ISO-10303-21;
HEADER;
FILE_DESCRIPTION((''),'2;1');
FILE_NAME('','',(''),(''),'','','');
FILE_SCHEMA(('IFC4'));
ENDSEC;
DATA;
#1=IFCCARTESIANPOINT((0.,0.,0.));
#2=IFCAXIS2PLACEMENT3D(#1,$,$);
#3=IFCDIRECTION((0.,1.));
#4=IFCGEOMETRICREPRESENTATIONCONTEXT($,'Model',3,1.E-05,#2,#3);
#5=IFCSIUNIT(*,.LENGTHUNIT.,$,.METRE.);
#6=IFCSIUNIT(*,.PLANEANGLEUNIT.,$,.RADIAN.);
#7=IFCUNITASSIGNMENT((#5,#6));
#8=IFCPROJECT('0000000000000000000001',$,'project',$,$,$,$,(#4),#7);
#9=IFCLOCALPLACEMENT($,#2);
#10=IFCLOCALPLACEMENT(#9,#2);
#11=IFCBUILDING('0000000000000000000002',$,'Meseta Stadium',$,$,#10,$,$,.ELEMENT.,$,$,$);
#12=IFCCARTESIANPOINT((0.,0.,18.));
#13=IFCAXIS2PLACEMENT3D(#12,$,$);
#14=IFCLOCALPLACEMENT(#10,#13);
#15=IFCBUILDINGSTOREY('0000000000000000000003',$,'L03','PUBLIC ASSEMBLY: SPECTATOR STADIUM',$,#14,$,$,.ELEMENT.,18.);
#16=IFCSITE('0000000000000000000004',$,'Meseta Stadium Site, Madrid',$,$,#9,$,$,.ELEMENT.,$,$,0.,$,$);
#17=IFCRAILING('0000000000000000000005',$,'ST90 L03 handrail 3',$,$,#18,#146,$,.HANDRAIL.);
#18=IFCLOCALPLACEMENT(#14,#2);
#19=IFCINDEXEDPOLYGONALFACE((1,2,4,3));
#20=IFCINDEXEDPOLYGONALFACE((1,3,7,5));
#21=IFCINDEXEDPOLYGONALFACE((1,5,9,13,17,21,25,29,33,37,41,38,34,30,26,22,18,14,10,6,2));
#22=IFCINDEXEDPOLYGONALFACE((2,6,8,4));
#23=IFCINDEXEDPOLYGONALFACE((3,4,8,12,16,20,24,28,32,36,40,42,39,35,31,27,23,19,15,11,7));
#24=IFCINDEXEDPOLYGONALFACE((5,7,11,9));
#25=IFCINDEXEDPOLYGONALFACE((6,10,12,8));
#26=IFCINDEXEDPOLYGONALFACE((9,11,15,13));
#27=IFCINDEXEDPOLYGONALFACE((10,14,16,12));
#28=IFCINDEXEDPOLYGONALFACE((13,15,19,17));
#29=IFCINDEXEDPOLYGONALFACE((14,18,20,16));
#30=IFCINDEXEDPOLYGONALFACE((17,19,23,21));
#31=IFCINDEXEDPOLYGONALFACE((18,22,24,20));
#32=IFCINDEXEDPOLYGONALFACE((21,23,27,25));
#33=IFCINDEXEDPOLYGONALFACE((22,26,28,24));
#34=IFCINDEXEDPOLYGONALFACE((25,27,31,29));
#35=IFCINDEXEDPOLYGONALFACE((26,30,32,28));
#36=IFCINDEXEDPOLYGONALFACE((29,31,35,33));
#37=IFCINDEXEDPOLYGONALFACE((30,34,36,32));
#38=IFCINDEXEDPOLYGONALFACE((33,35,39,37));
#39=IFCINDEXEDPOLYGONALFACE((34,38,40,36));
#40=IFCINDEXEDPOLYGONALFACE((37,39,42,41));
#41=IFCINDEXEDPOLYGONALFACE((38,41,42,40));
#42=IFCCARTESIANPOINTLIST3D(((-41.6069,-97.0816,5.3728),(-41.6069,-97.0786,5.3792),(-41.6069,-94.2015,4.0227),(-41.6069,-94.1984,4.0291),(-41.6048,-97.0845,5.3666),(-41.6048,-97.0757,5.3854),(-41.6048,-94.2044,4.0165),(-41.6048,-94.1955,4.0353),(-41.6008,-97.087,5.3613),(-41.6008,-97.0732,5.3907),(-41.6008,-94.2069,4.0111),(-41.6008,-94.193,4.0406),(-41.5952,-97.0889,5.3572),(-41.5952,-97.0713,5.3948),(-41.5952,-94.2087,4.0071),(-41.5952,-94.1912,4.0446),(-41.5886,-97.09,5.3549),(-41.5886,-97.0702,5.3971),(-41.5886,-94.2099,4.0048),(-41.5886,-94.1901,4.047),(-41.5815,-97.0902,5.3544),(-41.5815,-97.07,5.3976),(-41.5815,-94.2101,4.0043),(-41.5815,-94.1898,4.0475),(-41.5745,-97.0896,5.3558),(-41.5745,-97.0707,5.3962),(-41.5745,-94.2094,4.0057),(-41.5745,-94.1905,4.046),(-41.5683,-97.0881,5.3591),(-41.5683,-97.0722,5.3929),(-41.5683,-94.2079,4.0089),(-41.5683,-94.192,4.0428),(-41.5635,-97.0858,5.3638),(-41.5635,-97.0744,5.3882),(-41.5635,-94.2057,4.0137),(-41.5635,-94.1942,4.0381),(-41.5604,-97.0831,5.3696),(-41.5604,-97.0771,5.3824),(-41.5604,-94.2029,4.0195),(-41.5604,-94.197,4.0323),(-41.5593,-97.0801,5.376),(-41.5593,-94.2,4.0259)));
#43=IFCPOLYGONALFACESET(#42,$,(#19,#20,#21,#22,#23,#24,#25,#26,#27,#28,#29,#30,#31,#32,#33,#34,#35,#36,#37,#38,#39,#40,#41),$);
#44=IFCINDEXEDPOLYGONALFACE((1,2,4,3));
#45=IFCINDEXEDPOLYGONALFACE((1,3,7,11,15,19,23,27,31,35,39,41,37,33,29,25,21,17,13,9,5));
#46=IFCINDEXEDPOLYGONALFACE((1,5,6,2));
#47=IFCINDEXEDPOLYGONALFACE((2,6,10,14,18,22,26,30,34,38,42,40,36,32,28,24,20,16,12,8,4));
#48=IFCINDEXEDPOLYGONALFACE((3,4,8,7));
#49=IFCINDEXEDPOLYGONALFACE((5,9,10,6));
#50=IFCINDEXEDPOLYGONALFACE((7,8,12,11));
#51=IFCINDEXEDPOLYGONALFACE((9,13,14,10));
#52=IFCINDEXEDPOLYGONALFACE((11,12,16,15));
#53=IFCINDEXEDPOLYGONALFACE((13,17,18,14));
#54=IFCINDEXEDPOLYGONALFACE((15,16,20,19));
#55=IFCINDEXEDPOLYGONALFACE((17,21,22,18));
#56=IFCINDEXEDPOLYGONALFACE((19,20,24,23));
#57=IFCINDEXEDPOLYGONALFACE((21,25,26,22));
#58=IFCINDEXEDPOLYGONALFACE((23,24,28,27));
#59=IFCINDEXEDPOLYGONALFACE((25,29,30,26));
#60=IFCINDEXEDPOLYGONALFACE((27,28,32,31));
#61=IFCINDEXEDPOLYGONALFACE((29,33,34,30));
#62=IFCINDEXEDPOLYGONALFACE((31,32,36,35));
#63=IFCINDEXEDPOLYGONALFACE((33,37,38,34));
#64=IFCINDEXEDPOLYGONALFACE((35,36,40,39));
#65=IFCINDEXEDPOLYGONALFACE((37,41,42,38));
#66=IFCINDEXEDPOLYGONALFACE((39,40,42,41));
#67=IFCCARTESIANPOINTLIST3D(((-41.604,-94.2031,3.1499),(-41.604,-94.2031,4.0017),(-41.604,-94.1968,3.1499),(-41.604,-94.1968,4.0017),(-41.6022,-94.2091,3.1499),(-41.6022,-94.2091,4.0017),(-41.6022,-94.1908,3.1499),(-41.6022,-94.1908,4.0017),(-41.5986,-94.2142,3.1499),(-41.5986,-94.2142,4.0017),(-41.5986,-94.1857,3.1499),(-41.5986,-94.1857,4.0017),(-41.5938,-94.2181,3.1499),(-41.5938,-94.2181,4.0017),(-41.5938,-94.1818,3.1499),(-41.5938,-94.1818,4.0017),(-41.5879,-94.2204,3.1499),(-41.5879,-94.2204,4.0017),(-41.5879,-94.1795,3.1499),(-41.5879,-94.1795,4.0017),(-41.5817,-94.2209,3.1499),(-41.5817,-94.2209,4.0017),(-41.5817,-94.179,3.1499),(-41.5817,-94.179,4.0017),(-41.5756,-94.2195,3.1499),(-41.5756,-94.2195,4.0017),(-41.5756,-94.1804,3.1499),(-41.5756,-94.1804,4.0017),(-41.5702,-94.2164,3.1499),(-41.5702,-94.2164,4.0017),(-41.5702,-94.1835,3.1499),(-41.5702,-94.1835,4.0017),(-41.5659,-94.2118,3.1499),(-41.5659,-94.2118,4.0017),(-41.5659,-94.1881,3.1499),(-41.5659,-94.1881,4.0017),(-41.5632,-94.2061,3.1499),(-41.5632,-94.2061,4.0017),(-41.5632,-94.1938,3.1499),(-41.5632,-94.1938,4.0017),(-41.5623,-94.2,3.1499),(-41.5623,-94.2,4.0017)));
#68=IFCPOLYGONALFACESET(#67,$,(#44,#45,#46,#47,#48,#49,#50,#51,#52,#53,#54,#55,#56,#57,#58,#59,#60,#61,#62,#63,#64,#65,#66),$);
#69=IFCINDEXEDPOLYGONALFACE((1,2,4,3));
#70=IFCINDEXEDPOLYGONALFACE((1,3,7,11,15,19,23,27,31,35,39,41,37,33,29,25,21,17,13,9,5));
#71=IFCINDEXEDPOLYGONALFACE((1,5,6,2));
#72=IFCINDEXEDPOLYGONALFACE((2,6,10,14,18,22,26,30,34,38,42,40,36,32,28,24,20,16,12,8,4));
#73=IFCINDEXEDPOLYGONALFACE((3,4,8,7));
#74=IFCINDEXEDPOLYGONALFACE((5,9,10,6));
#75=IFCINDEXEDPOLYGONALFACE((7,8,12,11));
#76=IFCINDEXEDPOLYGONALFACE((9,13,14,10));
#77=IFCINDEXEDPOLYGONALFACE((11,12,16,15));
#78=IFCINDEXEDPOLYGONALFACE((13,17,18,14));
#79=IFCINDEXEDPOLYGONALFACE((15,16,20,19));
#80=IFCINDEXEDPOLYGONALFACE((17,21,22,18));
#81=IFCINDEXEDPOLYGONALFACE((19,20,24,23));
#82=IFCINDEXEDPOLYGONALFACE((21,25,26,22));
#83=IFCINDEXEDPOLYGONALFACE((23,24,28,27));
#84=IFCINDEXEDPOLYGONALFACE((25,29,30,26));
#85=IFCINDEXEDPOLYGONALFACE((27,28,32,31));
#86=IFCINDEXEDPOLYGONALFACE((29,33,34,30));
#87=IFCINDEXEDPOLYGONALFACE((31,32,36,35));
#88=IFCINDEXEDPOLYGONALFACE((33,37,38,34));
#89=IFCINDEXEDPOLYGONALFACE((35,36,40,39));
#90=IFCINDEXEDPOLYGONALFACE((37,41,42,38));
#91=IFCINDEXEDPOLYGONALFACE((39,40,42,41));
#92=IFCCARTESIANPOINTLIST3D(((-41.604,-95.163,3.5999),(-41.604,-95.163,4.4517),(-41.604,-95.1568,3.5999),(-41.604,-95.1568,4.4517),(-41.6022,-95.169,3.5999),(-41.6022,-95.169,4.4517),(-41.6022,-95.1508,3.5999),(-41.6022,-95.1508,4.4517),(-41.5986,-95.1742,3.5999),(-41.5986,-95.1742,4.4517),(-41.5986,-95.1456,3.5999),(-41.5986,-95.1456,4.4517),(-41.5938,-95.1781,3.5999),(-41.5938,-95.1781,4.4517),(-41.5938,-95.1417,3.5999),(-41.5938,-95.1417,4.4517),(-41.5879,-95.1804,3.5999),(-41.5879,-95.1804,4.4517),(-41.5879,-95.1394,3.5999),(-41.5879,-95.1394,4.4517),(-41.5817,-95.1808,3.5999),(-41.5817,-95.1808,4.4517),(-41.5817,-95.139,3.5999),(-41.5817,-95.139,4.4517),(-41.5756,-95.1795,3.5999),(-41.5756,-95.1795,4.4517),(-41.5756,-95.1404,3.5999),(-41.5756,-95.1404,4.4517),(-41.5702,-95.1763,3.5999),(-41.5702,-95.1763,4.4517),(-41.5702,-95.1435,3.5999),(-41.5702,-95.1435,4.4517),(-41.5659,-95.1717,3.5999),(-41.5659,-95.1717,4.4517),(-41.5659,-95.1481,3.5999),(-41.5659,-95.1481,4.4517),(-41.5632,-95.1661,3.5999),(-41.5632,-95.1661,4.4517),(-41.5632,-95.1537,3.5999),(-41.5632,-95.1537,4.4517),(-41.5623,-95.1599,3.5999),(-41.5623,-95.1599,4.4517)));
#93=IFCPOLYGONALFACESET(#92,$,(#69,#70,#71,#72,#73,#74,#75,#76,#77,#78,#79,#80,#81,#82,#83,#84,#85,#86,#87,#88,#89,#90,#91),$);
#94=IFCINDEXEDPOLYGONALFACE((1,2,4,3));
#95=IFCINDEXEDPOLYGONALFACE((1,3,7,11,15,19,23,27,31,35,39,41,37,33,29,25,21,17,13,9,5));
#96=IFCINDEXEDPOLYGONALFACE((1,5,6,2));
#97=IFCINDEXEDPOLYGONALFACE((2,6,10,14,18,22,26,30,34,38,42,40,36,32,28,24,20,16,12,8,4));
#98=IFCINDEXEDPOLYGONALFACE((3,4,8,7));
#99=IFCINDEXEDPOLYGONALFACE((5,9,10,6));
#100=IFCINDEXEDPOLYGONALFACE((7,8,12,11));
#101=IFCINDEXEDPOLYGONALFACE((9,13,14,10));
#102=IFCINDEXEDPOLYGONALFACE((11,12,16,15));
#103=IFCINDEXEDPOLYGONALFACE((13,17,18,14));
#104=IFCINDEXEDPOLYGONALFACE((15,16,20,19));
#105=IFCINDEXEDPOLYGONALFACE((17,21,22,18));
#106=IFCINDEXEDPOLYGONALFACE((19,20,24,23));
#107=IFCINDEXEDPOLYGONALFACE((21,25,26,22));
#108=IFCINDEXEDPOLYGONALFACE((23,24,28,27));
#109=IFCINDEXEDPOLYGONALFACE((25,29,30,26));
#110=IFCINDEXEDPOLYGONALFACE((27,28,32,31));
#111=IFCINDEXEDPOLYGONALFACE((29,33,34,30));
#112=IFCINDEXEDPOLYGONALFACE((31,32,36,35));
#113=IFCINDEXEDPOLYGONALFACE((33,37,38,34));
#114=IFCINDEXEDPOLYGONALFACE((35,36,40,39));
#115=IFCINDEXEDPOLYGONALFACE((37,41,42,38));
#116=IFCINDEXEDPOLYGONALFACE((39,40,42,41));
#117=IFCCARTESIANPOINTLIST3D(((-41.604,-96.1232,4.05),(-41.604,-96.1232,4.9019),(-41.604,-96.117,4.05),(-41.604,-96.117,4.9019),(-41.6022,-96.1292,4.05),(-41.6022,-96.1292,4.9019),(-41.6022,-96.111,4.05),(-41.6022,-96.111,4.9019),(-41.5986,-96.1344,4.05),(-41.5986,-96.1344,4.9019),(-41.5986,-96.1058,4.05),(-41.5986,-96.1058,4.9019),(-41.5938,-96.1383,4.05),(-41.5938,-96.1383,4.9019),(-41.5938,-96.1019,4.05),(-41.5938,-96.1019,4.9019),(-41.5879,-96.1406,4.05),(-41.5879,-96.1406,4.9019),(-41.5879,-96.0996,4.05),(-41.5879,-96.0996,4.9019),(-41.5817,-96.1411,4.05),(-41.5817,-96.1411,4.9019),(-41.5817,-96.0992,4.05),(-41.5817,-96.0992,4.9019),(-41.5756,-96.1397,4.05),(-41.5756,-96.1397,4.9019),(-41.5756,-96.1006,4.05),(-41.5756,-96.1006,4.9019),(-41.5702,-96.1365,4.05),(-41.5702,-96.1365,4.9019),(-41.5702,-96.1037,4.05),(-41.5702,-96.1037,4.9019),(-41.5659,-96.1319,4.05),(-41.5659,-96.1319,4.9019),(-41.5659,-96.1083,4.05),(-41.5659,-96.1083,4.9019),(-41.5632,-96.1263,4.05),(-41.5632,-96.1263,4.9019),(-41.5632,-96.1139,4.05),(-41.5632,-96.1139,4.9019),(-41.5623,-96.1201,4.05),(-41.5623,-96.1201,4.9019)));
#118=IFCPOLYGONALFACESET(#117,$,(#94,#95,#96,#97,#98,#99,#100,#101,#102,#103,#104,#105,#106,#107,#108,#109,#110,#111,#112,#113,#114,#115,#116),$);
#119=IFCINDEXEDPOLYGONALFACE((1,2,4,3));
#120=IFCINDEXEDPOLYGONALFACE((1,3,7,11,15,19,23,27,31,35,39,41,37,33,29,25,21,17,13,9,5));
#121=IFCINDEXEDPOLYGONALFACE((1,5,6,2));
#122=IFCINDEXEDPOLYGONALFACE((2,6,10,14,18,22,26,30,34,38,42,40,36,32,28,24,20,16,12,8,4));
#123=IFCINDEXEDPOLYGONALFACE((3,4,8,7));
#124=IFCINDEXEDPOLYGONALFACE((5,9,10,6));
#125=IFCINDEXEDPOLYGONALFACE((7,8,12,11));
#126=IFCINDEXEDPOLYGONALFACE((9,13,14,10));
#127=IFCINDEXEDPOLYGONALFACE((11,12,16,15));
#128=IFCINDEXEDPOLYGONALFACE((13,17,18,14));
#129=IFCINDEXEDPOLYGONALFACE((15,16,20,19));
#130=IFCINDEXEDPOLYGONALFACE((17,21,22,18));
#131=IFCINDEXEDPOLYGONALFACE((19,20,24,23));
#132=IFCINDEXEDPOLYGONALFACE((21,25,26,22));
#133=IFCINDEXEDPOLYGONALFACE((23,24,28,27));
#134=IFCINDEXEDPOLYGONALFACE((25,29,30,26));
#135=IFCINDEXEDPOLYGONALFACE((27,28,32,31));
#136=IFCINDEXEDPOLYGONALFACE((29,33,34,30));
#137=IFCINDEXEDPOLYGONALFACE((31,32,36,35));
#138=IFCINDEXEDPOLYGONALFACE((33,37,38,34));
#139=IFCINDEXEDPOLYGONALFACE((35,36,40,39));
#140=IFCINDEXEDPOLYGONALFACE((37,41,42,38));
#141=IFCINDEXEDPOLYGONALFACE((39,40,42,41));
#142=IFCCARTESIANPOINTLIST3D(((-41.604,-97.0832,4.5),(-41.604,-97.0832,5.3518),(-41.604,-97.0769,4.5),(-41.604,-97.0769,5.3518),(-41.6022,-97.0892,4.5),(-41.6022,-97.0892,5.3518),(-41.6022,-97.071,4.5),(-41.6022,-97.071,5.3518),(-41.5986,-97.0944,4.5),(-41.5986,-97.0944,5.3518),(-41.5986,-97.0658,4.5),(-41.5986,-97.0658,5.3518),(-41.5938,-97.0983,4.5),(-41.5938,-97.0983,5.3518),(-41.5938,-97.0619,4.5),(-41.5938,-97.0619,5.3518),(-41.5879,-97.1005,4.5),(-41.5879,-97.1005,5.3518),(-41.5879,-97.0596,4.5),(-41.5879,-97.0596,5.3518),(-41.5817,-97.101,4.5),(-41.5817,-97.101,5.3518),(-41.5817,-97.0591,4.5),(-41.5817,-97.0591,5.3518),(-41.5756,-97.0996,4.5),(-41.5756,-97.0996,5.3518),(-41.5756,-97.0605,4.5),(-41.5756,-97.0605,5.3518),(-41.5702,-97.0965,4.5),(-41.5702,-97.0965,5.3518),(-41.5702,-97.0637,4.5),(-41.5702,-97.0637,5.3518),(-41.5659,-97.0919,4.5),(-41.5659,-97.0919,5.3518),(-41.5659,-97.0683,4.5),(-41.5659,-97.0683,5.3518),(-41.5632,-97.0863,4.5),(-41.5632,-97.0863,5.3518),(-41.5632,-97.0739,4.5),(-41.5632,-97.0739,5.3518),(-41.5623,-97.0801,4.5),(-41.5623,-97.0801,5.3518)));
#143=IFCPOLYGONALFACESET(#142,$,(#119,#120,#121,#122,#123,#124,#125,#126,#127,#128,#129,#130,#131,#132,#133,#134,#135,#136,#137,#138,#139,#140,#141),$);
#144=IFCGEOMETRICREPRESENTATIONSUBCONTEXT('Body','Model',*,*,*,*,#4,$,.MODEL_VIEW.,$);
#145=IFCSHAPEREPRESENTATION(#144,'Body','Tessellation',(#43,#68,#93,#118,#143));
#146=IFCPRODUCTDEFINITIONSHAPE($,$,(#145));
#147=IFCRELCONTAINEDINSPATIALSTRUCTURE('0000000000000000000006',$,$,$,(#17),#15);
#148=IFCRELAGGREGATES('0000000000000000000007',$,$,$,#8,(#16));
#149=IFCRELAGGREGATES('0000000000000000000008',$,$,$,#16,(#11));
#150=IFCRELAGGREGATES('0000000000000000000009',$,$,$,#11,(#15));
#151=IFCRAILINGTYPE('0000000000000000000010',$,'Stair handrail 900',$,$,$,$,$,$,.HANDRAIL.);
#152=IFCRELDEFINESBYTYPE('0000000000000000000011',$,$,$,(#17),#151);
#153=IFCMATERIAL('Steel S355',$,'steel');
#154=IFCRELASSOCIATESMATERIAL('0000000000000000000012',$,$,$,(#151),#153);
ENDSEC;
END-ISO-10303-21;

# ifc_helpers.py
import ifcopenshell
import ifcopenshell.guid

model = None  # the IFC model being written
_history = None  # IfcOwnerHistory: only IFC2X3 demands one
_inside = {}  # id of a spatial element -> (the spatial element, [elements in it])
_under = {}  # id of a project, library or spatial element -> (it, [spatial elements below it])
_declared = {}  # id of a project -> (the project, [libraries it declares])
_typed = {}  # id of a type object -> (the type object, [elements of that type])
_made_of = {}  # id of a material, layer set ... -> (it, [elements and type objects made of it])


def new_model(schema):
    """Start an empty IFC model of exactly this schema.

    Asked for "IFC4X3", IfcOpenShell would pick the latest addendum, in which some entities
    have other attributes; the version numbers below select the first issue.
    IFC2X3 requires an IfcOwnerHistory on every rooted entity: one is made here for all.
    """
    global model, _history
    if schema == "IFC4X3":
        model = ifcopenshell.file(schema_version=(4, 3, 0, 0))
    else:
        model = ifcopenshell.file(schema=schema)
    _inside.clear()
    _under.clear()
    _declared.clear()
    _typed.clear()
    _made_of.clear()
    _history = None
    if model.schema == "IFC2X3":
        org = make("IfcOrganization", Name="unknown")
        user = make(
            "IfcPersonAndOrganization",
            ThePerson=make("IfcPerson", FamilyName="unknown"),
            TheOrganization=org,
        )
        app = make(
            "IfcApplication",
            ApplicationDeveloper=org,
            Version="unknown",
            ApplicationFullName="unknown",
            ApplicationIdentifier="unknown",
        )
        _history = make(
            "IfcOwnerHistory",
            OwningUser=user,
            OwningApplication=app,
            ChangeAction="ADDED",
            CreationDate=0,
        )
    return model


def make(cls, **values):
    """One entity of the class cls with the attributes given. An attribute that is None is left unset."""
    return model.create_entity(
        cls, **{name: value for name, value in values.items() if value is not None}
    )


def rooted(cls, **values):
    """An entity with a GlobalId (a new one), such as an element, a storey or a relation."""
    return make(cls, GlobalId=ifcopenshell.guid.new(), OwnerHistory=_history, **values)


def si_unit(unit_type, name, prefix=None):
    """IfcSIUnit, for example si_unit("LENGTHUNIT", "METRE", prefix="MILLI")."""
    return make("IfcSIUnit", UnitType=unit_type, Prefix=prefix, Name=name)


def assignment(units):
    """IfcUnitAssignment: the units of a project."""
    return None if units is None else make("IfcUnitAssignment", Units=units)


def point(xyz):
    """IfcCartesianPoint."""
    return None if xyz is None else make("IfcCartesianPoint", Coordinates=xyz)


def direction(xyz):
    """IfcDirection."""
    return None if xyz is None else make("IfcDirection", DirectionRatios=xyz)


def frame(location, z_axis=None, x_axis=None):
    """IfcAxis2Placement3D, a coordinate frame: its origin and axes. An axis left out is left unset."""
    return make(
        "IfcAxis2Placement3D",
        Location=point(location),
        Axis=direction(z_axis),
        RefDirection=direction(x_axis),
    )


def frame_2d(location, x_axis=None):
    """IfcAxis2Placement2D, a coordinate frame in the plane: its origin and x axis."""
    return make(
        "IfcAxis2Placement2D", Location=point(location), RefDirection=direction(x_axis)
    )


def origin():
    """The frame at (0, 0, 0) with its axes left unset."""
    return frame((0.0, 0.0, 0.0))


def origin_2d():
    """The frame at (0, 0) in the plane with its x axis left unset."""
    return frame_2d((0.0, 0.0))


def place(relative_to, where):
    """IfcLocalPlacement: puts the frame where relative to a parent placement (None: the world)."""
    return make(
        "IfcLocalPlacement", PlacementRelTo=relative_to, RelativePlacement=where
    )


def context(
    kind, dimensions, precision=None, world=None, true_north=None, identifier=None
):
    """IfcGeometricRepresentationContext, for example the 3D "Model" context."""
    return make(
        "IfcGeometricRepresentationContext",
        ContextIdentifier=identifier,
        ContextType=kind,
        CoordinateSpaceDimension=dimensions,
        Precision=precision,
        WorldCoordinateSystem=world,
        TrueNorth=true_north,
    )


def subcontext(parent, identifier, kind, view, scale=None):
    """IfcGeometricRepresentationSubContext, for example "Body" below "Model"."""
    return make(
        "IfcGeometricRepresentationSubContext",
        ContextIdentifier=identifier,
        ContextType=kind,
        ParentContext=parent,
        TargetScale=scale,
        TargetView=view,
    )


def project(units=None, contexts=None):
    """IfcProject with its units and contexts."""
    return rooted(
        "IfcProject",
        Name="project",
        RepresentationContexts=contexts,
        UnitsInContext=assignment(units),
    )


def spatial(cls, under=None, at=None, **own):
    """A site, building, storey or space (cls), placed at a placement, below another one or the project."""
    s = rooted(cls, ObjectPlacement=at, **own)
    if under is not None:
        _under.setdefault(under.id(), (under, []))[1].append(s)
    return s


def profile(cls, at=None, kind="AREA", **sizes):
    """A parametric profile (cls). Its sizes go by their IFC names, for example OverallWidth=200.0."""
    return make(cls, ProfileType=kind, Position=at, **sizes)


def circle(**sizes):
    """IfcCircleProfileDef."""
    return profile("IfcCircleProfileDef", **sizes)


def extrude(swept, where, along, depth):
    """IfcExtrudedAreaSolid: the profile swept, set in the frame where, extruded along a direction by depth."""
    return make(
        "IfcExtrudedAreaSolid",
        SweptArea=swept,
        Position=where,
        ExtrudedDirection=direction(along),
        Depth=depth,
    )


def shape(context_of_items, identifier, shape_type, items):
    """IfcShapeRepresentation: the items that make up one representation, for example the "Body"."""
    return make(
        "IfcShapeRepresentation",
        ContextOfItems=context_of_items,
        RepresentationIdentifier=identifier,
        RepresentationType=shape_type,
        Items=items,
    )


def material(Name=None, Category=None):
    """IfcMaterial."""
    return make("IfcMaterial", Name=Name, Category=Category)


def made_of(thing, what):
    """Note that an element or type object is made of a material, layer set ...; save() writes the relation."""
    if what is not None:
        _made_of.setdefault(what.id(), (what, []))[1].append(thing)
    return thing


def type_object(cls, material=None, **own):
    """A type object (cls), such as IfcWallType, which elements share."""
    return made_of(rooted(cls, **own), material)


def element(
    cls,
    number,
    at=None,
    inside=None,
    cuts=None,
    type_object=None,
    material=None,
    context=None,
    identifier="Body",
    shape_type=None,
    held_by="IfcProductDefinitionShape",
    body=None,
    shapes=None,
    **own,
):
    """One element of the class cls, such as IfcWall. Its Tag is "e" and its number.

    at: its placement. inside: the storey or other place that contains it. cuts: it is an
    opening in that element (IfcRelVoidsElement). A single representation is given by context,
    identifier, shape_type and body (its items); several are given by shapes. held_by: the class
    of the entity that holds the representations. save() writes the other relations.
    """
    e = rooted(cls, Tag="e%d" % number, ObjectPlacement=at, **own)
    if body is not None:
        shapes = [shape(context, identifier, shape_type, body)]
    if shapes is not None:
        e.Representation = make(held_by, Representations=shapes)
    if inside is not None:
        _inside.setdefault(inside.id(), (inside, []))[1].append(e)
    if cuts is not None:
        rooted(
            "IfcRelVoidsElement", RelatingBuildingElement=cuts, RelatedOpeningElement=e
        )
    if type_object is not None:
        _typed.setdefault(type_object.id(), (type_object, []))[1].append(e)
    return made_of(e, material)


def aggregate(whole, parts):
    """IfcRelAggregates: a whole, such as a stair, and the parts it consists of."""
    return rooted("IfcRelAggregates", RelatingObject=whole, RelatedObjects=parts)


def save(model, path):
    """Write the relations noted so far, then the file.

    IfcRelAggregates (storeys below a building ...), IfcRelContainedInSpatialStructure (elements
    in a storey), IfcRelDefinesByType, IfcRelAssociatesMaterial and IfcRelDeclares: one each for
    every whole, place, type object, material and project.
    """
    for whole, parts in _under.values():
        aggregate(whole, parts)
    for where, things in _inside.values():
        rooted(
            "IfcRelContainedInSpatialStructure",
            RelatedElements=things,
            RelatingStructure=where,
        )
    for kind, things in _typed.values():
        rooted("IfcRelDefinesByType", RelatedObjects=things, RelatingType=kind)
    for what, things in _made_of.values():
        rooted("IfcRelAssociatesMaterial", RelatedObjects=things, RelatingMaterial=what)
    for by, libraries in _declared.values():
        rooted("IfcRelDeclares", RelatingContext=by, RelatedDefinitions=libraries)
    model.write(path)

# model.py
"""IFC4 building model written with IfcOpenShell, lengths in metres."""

from ifc_helpers import new_model, si_unit, direction, frame, origin, origin_2d, place, context, subcontext, project, spatial, circle, extrude, material, type_object, element, save


model = new_model("IFC4")

# Units and contexts
model_context = context("Model", 3, precision=1e-05, world=origin(), true_north=direction((0.0, 1.0)))
body_context = subcontext(model_context, "Body", "Model", "MODEL_VIEW")
ifc_project = project(units=[si_unit("LENGTHUNIT", "METRE"), si_unit("PLANEANGLEUNIT", "RADIAN")], contexts=[model_context])

# Site, building, storey
site_placement = place(None, origin())
site = spatial("IfcSite", under=ifc_project, at=site_placement, Name="Meseta Stadium Site, Madrid", CompositionType="ELEMENT", RefElevation=0.0)
building_placement = place(site_placement, origin())
building = spatial("IfcBuilding", under=site, at=building_placement, Name="Meseta Stadium", CompositionType="ELEMENT")
storey_placement = place(building_placement, frame((0.0, 0.0, 18.0)))
storey = spatial("IfcBuildingStorey", under=building, at=storey_placement, Name="L03", Description="PUBLIC ASSEMBLY: SPECTATOR STADIUM", CompositionType="ELEMENT", Elevation=18.0)

# Railing
ifc_material_1 = material(Name="Steel S355", Category="steel")
railing_type_1 = type_object("IfcRailingType", Name="Stair handrail 900", PredefinedType="HANDRAIL", material=ifc_material_1)
for number, where, name in (
    (1, (-41.5833, -94.2, 3.1499), "ST90 L03 handrail 3"),
):
    element("IfcRailing", number, at=place(storey_placement, frame(where)), inside=storey, type_object=railing_type_1, Name=name, PredefinedType="HANDRAIL", context=body_context, shape_type="SweptSolid", body=[
        extrude(circle(Radius=0.0239, at=origin_2d()), frame((0.0, 0.0, 0.876), z_axis=(0.0, -0.905454, 0.424444), x_axis=(1.0, 0.0, 0.0)), (0.0, 0.0, 1.0), 3.1809),
        extrude(circle(Radius=0.021, at=origin_2d()), origin(), (0.0, 0.0, 1.0), 0.8518),
        extrude(circle(Radius=0.021, at=origin_2d()), frame((0.0, -0.96, 0.45)), (0.0, 0.0, 1.0), 0.8518),
        extrude(circle(Radius=0.021, at=origin_2d()), frame((0.0, -1.9202, 0.9001)), (0.0, 0.0, 1.0), 0.8518),
        extrude(circle(Radius=0.021, at=origin_2d()), frame((0.0, -2.8801, 1.3501)), (0.0, 0.0, 1.0), 0.8518),
    ])

save(model, "model.ifc")
